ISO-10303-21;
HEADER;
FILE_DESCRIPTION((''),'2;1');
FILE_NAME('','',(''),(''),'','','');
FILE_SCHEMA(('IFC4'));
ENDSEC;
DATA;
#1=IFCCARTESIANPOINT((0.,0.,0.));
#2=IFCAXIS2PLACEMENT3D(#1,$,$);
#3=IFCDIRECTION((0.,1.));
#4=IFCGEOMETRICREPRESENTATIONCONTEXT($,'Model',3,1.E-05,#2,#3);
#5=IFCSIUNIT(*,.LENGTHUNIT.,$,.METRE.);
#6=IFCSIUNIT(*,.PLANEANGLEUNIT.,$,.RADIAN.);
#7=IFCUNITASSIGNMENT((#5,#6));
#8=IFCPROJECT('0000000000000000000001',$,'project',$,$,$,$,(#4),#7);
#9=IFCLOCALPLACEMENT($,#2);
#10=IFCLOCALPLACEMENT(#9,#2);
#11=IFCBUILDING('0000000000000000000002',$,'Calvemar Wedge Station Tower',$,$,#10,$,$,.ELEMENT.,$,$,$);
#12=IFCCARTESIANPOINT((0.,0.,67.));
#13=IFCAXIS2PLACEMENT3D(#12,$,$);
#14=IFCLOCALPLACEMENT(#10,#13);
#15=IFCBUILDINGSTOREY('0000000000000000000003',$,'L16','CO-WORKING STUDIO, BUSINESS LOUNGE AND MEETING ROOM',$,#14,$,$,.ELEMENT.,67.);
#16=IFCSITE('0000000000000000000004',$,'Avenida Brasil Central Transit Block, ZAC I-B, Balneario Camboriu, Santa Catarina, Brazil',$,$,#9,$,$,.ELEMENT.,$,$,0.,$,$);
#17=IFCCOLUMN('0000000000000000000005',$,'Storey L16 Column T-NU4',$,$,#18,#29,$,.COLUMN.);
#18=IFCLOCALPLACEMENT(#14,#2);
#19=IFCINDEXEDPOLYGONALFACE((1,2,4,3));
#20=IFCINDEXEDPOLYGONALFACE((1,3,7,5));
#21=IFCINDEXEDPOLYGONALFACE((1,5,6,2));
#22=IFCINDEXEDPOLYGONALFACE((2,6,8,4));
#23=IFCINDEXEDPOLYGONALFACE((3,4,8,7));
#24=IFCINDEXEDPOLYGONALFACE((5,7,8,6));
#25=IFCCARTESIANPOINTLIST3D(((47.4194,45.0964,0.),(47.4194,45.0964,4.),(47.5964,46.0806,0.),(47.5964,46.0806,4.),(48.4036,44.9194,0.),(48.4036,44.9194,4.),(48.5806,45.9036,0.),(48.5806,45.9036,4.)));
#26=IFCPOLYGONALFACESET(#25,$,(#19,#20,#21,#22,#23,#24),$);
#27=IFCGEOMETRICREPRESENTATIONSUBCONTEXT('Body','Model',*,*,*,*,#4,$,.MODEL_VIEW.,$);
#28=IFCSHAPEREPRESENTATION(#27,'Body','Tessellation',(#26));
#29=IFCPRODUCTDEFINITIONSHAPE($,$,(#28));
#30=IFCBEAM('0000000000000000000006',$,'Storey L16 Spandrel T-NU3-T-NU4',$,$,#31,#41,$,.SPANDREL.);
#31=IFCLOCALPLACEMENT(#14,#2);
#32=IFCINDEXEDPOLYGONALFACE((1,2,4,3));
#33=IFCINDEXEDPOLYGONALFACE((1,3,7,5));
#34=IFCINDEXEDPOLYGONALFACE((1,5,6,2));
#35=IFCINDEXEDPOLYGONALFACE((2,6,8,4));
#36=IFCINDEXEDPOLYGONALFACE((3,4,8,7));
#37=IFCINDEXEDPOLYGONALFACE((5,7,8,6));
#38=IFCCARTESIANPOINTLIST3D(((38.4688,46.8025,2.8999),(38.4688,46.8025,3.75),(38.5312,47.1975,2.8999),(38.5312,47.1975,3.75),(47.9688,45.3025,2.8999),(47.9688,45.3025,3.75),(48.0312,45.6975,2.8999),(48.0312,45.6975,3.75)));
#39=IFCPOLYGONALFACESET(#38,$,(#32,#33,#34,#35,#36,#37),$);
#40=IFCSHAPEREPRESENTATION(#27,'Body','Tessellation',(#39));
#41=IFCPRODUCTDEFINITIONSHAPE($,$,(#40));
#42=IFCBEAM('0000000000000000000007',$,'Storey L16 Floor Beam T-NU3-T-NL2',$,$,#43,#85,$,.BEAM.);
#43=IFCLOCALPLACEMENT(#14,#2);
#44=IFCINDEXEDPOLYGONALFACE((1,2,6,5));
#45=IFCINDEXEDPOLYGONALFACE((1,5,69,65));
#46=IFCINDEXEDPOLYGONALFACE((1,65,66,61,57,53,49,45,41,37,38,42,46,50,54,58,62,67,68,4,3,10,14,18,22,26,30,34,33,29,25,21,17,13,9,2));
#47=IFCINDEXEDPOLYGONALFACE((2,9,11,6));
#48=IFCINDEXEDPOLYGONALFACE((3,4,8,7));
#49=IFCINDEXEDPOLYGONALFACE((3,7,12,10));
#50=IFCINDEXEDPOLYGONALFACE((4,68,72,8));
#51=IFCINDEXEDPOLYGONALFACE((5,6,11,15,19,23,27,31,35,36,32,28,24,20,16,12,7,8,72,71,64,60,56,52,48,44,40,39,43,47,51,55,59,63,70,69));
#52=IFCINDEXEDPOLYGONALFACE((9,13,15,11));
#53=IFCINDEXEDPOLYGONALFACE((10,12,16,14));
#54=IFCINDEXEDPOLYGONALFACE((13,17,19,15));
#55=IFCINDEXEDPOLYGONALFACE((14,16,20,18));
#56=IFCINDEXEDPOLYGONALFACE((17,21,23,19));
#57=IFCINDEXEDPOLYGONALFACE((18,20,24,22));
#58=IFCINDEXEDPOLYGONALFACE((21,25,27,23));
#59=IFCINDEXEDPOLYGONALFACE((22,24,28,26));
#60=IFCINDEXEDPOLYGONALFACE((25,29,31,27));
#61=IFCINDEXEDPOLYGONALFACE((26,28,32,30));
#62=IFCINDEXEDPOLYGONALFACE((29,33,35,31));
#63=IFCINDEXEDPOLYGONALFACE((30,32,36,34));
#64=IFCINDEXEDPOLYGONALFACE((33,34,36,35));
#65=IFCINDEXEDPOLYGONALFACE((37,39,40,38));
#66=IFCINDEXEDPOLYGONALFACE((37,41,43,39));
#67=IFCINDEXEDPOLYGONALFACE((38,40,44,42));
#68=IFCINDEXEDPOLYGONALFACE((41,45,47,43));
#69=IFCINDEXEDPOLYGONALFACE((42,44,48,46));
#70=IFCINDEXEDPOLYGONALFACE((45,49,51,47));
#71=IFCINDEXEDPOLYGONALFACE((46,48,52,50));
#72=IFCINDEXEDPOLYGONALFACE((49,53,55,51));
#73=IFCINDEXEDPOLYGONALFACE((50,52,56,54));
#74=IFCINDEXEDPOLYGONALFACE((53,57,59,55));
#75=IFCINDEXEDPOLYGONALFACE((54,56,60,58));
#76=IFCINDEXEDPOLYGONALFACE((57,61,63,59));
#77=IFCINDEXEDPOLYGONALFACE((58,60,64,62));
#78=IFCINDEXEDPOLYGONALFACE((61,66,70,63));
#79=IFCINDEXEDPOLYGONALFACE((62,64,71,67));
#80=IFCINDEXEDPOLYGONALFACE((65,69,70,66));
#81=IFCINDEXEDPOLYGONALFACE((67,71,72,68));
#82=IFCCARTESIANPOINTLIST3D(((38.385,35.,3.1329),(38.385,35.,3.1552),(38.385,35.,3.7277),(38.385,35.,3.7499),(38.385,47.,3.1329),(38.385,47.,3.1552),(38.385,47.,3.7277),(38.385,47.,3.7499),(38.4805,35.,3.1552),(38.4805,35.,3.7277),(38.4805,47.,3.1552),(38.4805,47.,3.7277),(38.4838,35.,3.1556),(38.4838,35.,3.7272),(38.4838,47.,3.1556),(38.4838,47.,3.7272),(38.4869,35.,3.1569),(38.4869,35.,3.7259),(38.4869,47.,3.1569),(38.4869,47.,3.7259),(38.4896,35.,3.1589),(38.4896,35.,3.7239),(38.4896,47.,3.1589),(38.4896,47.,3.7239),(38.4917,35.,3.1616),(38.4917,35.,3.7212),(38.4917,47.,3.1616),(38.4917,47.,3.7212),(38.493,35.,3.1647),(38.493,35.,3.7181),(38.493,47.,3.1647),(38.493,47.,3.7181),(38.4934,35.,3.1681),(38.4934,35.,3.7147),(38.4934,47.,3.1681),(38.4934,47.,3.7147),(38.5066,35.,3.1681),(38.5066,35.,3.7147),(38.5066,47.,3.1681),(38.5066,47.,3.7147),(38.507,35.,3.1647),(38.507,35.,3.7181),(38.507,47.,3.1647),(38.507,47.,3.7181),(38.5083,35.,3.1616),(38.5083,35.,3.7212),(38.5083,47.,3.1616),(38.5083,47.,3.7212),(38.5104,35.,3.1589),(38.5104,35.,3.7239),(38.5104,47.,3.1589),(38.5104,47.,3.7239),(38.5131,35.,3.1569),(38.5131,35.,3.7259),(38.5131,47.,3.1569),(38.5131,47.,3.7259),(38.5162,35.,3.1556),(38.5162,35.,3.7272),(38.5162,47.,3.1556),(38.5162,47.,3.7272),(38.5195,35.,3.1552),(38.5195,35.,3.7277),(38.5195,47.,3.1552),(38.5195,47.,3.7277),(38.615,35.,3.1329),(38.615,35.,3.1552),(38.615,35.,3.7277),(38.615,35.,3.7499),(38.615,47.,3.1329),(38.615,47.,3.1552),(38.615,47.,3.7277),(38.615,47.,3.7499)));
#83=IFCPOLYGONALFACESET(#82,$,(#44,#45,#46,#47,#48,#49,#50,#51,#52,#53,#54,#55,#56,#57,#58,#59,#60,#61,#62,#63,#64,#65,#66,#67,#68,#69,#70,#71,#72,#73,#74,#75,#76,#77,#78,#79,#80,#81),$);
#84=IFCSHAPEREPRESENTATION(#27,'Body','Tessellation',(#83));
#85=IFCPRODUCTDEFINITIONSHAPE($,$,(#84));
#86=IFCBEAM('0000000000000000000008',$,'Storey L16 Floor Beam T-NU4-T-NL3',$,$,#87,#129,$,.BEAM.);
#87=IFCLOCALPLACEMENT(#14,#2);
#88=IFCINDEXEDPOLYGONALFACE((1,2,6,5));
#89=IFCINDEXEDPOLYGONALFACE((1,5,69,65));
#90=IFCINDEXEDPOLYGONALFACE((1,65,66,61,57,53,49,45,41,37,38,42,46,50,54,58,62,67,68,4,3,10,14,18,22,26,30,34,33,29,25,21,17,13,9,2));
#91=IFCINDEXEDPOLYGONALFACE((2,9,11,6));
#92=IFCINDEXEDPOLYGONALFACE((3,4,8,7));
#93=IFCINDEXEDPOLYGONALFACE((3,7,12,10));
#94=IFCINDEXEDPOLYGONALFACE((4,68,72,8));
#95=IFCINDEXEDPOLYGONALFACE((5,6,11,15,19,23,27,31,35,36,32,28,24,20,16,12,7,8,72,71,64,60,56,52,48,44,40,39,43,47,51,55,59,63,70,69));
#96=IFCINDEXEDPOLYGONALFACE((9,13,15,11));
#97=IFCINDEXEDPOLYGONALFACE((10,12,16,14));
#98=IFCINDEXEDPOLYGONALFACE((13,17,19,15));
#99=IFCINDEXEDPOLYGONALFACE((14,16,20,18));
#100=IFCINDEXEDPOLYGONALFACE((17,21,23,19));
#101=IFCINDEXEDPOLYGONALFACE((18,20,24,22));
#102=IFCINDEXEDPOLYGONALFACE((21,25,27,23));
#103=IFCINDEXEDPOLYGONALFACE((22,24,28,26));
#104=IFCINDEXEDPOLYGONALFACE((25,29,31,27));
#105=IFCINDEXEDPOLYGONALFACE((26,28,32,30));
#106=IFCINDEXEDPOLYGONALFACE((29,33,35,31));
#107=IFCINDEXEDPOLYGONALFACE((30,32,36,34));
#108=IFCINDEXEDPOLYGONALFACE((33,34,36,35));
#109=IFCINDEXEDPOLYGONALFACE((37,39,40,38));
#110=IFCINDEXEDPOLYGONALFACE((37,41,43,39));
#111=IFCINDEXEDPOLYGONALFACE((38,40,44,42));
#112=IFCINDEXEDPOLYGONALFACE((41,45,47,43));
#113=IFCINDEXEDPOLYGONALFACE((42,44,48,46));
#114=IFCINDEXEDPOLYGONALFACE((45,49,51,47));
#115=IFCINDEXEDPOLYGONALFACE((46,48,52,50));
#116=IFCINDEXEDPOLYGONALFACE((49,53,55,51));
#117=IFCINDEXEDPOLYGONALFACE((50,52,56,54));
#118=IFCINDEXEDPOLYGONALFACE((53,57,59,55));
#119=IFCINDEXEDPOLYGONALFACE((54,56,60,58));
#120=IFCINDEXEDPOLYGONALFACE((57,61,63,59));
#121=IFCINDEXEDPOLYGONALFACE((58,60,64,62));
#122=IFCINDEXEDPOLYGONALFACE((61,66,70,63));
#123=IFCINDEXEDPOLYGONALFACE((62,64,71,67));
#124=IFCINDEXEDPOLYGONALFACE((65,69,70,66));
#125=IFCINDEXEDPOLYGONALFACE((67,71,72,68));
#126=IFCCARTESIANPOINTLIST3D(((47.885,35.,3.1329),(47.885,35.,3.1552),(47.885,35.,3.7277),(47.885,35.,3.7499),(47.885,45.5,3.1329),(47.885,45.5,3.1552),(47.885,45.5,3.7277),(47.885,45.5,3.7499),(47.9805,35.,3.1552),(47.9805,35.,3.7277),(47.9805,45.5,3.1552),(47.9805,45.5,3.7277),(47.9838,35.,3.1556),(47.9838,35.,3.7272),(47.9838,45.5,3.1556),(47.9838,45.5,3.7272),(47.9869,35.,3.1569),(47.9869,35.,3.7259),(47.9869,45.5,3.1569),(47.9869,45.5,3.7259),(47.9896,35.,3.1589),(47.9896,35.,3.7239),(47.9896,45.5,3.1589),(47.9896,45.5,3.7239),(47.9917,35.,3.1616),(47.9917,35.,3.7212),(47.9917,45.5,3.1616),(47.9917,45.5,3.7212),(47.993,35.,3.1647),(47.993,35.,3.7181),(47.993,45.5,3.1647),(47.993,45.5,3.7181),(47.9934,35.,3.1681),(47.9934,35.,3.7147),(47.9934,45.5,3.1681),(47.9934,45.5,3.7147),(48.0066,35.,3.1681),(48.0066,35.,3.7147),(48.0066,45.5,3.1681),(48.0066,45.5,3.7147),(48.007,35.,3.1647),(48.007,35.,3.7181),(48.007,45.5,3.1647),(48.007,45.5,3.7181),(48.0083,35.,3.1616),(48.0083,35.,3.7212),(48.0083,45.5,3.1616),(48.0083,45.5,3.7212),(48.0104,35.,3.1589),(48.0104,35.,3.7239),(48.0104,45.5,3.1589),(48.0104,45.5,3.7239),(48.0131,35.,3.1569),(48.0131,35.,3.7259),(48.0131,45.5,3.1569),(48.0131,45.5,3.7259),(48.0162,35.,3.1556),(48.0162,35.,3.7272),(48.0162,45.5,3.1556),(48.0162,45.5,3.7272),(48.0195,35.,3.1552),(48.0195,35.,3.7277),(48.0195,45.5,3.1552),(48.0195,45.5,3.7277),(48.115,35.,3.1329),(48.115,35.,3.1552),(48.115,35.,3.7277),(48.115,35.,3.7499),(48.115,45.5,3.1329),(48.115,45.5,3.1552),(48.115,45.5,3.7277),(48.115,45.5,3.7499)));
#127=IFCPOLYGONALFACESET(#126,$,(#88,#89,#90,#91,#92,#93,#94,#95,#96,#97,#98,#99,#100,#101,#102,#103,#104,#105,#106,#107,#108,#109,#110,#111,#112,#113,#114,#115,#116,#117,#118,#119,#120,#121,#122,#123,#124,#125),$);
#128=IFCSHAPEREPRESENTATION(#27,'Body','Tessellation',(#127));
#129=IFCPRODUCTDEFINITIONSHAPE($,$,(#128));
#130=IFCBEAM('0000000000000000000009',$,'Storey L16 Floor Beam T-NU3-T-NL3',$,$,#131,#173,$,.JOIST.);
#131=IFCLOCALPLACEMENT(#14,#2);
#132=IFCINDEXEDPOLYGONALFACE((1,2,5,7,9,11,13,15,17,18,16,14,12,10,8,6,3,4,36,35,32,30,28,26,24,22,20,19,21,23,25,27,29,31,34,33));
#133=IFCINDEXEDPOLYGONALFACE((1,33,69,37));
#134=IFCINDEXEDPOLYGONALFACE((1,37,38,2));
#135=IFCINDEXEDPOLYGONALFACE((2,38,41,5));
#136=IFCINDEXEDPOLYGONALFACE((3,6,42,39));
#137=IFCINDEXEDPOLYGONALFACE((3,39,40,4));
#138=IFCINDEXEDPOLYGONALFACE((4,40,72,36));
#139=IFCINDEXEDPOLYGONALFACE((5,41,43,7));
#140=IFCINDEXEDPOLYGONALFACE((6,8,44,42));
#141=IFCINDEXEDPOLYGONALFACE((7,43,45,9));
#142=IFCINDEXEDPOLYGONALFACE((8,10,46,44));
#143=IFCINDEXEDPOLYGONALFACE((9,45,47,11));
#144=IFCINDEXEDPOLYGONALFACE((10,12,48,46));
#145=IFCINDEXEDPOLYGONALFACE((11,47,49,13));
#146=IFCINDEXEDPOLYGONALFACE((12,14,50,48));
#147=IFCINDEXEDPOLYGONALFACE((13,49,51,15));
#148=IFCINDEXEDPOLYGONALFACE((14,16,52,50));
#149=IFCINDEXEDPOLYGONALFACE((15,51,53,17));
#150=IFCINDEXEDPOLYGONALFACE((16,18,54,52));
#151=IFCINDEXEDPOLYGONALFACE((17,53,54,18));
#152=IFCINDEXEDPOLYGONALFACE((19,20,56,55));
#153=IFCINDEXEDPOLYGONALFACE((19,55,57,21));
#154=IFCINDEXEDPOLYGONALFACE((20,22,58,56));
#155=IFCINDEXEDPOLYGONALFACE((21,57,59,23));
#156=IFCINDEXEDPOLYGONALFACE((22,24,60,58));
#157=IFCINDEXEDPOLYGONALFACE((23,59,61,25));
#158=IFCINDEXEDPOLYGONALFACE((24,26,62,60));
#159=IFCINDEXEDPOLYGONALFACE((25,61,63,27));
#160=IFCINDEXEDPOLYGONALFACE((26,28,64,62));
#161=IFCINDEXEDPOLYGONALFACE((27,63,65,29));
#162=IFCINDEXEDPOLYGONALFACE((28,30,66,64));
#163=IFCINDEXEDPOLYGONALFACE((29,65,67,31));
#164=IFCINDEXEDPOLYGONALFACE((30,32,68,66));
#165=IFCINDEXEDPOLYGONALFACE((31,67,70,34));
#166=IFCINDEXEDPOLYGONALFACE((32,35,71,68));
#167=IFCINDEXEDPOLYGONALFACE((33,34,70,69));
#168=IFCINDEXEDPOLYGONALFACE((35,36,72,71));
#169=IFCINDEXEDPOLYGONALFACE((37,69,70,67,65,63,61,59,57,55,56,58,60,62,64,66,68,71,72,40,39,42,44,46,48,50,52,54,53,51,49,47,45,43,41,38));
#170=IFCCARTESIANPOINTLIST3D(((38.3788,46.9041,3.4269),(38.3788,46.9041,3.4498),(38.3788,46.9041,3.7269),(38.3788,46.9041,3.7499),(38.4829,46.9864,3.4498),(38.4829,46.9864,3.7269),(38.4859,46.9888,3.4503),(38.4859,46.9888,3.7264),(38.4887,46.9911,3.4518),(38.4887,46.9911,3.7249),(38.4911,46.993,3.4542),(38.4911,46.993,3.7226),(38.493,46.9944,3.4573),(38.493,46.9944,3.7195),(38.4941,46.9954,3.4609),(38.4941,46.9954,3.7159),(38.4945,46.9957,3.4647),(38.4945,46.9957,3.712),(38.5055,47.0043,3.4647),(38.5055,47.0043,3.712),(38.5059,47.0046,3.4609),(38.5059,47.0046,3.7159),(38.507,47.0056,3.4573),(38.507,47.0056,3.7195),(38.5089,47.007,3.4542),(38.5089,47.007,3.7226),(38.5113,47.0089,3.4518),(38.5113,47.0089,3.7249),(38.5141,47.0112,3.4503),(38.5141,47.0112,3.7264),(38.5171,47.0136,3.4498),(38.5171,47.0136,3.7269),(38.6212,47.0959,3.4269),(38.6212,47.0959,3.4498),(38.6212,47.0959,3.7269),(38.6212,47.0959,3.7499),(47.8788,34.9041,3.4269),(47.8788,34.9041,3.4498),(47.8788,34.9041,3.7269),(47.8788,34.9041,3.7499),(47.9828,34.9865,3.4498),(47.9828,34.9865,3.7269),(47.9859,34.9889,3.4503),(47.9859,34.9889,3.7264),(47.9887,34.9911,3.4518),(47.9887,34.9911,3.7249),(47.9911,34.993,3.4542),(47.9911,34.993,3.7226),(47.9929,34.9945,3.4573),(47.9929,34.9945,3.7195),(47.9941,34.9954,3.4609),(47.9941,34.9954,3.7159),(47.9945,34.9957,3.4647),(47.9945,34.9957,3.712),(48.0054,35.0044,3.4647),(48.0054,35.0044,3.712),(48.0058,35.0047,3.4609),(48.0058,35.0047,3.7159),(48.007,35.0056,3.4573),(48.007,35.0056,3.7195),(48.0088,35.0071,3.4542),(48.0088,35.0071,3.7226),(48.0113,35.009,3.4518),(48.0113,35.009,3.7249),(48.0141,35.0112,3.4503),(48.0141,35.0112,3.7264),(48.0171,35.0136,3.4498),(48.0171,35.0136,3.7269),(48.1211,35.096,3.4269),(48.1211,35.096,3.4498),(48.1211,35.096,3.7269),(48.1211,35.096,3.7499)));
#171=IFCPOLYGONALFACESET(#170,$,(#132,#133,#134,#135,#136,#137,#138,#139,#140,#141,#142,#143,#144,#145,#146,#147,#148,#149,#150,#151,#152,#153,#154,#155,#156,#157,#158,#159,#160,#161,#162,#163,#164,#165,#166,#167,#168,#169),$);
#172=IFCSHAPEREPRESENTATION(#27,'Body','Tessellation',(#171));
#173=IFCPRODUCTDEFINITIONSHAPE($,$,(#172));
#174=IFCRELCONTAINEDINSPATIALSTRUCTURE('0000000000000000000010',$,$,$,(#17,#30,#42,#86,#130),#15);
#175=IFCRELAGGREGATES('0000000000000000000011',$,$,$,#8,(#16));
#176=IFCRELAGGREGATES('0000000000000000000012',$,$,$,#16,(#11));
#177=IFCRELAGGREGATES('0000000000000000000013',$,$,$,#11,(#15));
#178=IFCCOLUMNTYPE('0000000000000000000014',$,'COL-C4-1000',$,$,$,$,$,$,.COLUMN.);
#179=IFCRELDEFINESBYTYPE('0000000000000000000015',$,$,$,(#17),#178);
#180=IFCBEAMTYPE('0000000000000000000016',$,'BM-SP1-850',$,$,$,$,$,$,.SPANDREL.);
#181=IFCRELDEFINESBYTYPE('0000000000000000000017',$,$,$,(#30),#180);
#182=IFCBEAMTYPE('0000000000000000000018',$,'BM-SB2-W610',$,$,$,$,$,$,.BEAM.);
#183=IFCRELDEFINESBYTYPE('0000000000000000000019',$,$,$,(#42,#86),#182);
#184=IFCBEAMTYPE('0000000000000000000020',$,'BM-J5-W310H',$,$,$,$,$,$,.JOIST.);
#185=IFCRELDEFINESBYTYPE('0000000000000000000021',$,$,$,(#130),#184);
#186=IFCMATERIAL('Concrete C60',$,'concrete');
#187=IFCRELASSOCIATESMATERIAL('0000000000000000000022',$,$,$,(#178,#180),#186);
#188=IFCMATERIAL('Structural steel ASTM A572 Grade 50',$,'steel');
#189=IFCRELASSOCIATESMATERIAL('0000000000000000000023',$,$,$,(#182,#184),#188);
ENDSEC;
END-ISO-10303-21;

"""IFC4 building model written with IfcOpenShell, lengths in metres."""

from ifc_helpers import new_model, si_unit, direction, frame, origin, origin_2d, place, context, subcontext, project, spatial, rectangle, i_section, extrude, source, transform, mapped, material, material_profile, profile_set, type_object, element, save


model = new_model("IFC4")

# Units and contexts
model_context = context("Model", 3, precision=1e-05, world=origin(), true_north=direction((0.0, 1.0)))
body_context = subcontext(model_context, "Body", "Model", "MODEL_VIEW")
ifc_project = project(units=[si_unit("LENGTHUNIT", "METRE"), si_unit("PLANEANGLEUNIT", "RADIAN")], contexts=[model_context])

# Site, building, storey
site_placement = place(None, origin())
site = spatial("IfcSite", under=ifc_project, at=site_placement, Name="Avenida Brasil Central Transit Block, ZAC I-B, Balneario Camboriu, Santa Catarina, Brazil", CompositionType="ELEMENT", RefElevation=0.0)
building_placement = place(site_placement, origin())
building = spatial("IfcBuilding", under=site, at=building_placement, Name="Calvemar Wedge Station Tower", CompositionType="ELEMENT")
storey_placement = place(building_placement, frame((0.0, 0.0, 67.0)))
storey = spatial("IfcBuildingStorey", under=building, at=storey_placement, Name="L16", Description="CO-WORKING STUDIO, BUSINESS LOUNGE AND MEETING ROOM", CompositionType="ELEMENT", Elevation=67.0)

# Column
ifc_material_1 = material(Name="Concrete C60", Category="concrete")
ifc_material_profile_1 = material_profile(ifc_material_1, rectangle(XDim=1.0, YDim=1.0, at=origin_2d()), Name="RC1000x1000")
ifc_profile_set_1 = profile_set([ifc_material_profile_1], Name="Concrete C60")
column_type = type_object("IfcColumnType", Name="COL-C4-1000", PredefinedType="COLUMN", material=ifc_profile_set_1)
shared_shape_1 = source(origin(), body_context, "Body", "SweptSolid", [
    extrude(rectangle(XDim=1.0, YDim=1.0, at=origin_2d()), origin(), (0.0, 0.0, 1.0), 4.0),
])
column_placement = place(storey_placement, frame((48.0, 45.5, 0.0), z_axis=(0.0, 0.0, 1.0), x_axis=(0.984196, -0.177085, 0.0)))
element("IfcColumn", 1, at=column_placement, inside=storey, type_object=column_type, Name="Storey L16 Column T-NU4", PredefinedType="COLUMN", context=body_context, shape_type="MappedRepresentation", body=[
    mapped(shared_shape_1, transform((0.0, 0.0, 0.0), scale=1.0)),
])

# Beams
ifc_material_profile_2 = material_profile(ifc_material_1, rectangle(XDim=0.3999, YDim=0.8501, at=origin_2d()), Name="RC400x850")
ifc_profile_set_2 = profile_set([ifc_material_profile_2], Name="Concrete C60")
beam_type_1 = type_object("IfcBeamType", Name="BM-SP1-850", PredefinedType="SPANDREL", material=ifc_profile_set_2)
shared_shape_2 = source(origin(), body_context, "Body", "SweptSolid", [
    extrude(rectangle(XDim=0.3999, YDim=0.8501, at=origin_2d()), origin(), (0.0, 0.0, 1.0), 9.6177),
])
beam_1_placement = place(storey_placement, frame((38.5, 47.0, 3.325), z_axis=(0.987763, -0.155963, 0.0), x_axis=(0.155963, 0.987763, 0.0)))
element("IfcBeam", 2, at=beam_1_placement, inside=storey, type_object=beam_type_1, Name="Storey L16 Spandrel T-NU3-T-NU4", PredefinedType="SPANDREL", context=body_context, shape_type="MappedRepresentation", body=[
    mapped(shared_shape_2, transform((0.0, 0.0, 0.0), scale=1.0)),
])
ifc_material_2 = material(Name="Structural steel ASTM A572 Grade 50", Category="steel")
ifc_material_profile_3 = material_profile(ifc_material_2, i_section(OverallWidth=0.23, OverallDepth=0.6169, WebThickness=0.0132, FlangeThickness=0.0222, FilletRadius=0.0129, at=origin_2d()), Name="W610x140")
ifc_profile_set_3 = profile_set([ifc_material_profile_3], Name="Structural steel ASTM A572 Grade 50")
beam_type_2 = type_object("IfcBeamType", Name="BM-SB2-W610", PredefinedType="BEAM", material=ifc_profile_set_3)
shared_shape_3 = source(origin(), body_context, "Body", "SweptSolid", [
    extrude(i_section(OverallWidth=0.23, OverallDepth=0.6169, WebThickness=0.0132, FlangeThickness=0.0222, FilletRadius=0.0129, at=origin_2d()), origin(), (0.0, 0.0, 1.0), 12.0),
])
beam_2_placement = place(storey_placement, frame((38.5, 47.0, 3.4414), z_axis=(0.0, -1.0, 0.0), x_axis=(1.0, 0.0, 0.0)))
element("IfcBeam", 3, at=beam_2_placement, inside=storey, type_object=beam_type_2, Name="Storey L16 Floor Beam T-NU3-T-NL2", PredefinedType="BEAM", context=body_context, shape_type="MappedRepresentation", body=[
    mapped(shared_shape_3, transform((0.0, 0.0, 0.0), scale=1.0)),
])
shared_shape_4 = source(origin(), body_context, "Body", "SweptSolid", [
    extrude(i_section(OverallWidth=0.23, OverallDepth=0.6169, WebThickness=0.0132, FlangeThickness=0.0222, FilletRadius=0.0129, at=origin_2d()), origin(), (0.0, 0.0, 1.0), 10.5),
])
beam_3_placement = place(storey_placement, frame((48.0, 45.5, 3.4414), z_axis=(0.0, -1.0, 0.0), x_axis=(1.0, 0.0, 0.0)))
element("IfcBeam", 4, at=beam_3_placement, inside=storey, type_object=beam_type_2, Name="Storey L16 Floor Beam T-NU4-T-NL3", PredefinedType="BEAM", context=body_context, shape_type="MappedRepresentation", body=[
    mapped(shared_shape_4, transform((0.0, 0.0, 0.0), scale=1.0)),
])
ifc_material_profile_4 = material_profile(ifc_material_2, i_section(OverallWidth=0.3091, OverallDepth=0.323, WebThickness=0.0139, FlangeThickness=0.0229, FilletRadius=0.0149, at=origin_2d()), Name="W310x143")
ifc_profile_set_4 = profile_set([ifc_material_profile_4], Name="Structural steel ASTM A572 Grade 50")
beam_type_3 = type_object("IfcBeamType", Name="BM-J5-W310H", PredefinedType="JOIST", material=ifc_profile_set_4)
shared_shape_5 = source(origin(), body_context, "Body", "SweptSolid", [
    extrude(i_section(OverallWidth=0.3091, OverallDepth=0.323, WebThickness=0.0139, FlangeThickness=0.0229, FilletRadius=0.0149, at=origin_2d()), origin(), (0.0, 0.0, 1.0), 15.3052),
])
beam_4_placement = place(storey_placement, frame((38.5, 47.0, 3.5884), z_axis=(0.620703, -0.784046, 0.0), x_axis=(0.784046, 0.620703, 0.0)))
element("IfcBeam", 5, at=beam_4_placement, inside=storey, type_object=beam_type_3, Name="Storey L16 Floor Beam T-NU3-T-NL3", PredefinedType="JOIST", context=body_context, shape_type="MappedRepresentation", body=[
    mapped(shared_shape_5, transform((0.0, 0.0, 0.0), scale=1.0)),
])

save(model, "model.ifc")
